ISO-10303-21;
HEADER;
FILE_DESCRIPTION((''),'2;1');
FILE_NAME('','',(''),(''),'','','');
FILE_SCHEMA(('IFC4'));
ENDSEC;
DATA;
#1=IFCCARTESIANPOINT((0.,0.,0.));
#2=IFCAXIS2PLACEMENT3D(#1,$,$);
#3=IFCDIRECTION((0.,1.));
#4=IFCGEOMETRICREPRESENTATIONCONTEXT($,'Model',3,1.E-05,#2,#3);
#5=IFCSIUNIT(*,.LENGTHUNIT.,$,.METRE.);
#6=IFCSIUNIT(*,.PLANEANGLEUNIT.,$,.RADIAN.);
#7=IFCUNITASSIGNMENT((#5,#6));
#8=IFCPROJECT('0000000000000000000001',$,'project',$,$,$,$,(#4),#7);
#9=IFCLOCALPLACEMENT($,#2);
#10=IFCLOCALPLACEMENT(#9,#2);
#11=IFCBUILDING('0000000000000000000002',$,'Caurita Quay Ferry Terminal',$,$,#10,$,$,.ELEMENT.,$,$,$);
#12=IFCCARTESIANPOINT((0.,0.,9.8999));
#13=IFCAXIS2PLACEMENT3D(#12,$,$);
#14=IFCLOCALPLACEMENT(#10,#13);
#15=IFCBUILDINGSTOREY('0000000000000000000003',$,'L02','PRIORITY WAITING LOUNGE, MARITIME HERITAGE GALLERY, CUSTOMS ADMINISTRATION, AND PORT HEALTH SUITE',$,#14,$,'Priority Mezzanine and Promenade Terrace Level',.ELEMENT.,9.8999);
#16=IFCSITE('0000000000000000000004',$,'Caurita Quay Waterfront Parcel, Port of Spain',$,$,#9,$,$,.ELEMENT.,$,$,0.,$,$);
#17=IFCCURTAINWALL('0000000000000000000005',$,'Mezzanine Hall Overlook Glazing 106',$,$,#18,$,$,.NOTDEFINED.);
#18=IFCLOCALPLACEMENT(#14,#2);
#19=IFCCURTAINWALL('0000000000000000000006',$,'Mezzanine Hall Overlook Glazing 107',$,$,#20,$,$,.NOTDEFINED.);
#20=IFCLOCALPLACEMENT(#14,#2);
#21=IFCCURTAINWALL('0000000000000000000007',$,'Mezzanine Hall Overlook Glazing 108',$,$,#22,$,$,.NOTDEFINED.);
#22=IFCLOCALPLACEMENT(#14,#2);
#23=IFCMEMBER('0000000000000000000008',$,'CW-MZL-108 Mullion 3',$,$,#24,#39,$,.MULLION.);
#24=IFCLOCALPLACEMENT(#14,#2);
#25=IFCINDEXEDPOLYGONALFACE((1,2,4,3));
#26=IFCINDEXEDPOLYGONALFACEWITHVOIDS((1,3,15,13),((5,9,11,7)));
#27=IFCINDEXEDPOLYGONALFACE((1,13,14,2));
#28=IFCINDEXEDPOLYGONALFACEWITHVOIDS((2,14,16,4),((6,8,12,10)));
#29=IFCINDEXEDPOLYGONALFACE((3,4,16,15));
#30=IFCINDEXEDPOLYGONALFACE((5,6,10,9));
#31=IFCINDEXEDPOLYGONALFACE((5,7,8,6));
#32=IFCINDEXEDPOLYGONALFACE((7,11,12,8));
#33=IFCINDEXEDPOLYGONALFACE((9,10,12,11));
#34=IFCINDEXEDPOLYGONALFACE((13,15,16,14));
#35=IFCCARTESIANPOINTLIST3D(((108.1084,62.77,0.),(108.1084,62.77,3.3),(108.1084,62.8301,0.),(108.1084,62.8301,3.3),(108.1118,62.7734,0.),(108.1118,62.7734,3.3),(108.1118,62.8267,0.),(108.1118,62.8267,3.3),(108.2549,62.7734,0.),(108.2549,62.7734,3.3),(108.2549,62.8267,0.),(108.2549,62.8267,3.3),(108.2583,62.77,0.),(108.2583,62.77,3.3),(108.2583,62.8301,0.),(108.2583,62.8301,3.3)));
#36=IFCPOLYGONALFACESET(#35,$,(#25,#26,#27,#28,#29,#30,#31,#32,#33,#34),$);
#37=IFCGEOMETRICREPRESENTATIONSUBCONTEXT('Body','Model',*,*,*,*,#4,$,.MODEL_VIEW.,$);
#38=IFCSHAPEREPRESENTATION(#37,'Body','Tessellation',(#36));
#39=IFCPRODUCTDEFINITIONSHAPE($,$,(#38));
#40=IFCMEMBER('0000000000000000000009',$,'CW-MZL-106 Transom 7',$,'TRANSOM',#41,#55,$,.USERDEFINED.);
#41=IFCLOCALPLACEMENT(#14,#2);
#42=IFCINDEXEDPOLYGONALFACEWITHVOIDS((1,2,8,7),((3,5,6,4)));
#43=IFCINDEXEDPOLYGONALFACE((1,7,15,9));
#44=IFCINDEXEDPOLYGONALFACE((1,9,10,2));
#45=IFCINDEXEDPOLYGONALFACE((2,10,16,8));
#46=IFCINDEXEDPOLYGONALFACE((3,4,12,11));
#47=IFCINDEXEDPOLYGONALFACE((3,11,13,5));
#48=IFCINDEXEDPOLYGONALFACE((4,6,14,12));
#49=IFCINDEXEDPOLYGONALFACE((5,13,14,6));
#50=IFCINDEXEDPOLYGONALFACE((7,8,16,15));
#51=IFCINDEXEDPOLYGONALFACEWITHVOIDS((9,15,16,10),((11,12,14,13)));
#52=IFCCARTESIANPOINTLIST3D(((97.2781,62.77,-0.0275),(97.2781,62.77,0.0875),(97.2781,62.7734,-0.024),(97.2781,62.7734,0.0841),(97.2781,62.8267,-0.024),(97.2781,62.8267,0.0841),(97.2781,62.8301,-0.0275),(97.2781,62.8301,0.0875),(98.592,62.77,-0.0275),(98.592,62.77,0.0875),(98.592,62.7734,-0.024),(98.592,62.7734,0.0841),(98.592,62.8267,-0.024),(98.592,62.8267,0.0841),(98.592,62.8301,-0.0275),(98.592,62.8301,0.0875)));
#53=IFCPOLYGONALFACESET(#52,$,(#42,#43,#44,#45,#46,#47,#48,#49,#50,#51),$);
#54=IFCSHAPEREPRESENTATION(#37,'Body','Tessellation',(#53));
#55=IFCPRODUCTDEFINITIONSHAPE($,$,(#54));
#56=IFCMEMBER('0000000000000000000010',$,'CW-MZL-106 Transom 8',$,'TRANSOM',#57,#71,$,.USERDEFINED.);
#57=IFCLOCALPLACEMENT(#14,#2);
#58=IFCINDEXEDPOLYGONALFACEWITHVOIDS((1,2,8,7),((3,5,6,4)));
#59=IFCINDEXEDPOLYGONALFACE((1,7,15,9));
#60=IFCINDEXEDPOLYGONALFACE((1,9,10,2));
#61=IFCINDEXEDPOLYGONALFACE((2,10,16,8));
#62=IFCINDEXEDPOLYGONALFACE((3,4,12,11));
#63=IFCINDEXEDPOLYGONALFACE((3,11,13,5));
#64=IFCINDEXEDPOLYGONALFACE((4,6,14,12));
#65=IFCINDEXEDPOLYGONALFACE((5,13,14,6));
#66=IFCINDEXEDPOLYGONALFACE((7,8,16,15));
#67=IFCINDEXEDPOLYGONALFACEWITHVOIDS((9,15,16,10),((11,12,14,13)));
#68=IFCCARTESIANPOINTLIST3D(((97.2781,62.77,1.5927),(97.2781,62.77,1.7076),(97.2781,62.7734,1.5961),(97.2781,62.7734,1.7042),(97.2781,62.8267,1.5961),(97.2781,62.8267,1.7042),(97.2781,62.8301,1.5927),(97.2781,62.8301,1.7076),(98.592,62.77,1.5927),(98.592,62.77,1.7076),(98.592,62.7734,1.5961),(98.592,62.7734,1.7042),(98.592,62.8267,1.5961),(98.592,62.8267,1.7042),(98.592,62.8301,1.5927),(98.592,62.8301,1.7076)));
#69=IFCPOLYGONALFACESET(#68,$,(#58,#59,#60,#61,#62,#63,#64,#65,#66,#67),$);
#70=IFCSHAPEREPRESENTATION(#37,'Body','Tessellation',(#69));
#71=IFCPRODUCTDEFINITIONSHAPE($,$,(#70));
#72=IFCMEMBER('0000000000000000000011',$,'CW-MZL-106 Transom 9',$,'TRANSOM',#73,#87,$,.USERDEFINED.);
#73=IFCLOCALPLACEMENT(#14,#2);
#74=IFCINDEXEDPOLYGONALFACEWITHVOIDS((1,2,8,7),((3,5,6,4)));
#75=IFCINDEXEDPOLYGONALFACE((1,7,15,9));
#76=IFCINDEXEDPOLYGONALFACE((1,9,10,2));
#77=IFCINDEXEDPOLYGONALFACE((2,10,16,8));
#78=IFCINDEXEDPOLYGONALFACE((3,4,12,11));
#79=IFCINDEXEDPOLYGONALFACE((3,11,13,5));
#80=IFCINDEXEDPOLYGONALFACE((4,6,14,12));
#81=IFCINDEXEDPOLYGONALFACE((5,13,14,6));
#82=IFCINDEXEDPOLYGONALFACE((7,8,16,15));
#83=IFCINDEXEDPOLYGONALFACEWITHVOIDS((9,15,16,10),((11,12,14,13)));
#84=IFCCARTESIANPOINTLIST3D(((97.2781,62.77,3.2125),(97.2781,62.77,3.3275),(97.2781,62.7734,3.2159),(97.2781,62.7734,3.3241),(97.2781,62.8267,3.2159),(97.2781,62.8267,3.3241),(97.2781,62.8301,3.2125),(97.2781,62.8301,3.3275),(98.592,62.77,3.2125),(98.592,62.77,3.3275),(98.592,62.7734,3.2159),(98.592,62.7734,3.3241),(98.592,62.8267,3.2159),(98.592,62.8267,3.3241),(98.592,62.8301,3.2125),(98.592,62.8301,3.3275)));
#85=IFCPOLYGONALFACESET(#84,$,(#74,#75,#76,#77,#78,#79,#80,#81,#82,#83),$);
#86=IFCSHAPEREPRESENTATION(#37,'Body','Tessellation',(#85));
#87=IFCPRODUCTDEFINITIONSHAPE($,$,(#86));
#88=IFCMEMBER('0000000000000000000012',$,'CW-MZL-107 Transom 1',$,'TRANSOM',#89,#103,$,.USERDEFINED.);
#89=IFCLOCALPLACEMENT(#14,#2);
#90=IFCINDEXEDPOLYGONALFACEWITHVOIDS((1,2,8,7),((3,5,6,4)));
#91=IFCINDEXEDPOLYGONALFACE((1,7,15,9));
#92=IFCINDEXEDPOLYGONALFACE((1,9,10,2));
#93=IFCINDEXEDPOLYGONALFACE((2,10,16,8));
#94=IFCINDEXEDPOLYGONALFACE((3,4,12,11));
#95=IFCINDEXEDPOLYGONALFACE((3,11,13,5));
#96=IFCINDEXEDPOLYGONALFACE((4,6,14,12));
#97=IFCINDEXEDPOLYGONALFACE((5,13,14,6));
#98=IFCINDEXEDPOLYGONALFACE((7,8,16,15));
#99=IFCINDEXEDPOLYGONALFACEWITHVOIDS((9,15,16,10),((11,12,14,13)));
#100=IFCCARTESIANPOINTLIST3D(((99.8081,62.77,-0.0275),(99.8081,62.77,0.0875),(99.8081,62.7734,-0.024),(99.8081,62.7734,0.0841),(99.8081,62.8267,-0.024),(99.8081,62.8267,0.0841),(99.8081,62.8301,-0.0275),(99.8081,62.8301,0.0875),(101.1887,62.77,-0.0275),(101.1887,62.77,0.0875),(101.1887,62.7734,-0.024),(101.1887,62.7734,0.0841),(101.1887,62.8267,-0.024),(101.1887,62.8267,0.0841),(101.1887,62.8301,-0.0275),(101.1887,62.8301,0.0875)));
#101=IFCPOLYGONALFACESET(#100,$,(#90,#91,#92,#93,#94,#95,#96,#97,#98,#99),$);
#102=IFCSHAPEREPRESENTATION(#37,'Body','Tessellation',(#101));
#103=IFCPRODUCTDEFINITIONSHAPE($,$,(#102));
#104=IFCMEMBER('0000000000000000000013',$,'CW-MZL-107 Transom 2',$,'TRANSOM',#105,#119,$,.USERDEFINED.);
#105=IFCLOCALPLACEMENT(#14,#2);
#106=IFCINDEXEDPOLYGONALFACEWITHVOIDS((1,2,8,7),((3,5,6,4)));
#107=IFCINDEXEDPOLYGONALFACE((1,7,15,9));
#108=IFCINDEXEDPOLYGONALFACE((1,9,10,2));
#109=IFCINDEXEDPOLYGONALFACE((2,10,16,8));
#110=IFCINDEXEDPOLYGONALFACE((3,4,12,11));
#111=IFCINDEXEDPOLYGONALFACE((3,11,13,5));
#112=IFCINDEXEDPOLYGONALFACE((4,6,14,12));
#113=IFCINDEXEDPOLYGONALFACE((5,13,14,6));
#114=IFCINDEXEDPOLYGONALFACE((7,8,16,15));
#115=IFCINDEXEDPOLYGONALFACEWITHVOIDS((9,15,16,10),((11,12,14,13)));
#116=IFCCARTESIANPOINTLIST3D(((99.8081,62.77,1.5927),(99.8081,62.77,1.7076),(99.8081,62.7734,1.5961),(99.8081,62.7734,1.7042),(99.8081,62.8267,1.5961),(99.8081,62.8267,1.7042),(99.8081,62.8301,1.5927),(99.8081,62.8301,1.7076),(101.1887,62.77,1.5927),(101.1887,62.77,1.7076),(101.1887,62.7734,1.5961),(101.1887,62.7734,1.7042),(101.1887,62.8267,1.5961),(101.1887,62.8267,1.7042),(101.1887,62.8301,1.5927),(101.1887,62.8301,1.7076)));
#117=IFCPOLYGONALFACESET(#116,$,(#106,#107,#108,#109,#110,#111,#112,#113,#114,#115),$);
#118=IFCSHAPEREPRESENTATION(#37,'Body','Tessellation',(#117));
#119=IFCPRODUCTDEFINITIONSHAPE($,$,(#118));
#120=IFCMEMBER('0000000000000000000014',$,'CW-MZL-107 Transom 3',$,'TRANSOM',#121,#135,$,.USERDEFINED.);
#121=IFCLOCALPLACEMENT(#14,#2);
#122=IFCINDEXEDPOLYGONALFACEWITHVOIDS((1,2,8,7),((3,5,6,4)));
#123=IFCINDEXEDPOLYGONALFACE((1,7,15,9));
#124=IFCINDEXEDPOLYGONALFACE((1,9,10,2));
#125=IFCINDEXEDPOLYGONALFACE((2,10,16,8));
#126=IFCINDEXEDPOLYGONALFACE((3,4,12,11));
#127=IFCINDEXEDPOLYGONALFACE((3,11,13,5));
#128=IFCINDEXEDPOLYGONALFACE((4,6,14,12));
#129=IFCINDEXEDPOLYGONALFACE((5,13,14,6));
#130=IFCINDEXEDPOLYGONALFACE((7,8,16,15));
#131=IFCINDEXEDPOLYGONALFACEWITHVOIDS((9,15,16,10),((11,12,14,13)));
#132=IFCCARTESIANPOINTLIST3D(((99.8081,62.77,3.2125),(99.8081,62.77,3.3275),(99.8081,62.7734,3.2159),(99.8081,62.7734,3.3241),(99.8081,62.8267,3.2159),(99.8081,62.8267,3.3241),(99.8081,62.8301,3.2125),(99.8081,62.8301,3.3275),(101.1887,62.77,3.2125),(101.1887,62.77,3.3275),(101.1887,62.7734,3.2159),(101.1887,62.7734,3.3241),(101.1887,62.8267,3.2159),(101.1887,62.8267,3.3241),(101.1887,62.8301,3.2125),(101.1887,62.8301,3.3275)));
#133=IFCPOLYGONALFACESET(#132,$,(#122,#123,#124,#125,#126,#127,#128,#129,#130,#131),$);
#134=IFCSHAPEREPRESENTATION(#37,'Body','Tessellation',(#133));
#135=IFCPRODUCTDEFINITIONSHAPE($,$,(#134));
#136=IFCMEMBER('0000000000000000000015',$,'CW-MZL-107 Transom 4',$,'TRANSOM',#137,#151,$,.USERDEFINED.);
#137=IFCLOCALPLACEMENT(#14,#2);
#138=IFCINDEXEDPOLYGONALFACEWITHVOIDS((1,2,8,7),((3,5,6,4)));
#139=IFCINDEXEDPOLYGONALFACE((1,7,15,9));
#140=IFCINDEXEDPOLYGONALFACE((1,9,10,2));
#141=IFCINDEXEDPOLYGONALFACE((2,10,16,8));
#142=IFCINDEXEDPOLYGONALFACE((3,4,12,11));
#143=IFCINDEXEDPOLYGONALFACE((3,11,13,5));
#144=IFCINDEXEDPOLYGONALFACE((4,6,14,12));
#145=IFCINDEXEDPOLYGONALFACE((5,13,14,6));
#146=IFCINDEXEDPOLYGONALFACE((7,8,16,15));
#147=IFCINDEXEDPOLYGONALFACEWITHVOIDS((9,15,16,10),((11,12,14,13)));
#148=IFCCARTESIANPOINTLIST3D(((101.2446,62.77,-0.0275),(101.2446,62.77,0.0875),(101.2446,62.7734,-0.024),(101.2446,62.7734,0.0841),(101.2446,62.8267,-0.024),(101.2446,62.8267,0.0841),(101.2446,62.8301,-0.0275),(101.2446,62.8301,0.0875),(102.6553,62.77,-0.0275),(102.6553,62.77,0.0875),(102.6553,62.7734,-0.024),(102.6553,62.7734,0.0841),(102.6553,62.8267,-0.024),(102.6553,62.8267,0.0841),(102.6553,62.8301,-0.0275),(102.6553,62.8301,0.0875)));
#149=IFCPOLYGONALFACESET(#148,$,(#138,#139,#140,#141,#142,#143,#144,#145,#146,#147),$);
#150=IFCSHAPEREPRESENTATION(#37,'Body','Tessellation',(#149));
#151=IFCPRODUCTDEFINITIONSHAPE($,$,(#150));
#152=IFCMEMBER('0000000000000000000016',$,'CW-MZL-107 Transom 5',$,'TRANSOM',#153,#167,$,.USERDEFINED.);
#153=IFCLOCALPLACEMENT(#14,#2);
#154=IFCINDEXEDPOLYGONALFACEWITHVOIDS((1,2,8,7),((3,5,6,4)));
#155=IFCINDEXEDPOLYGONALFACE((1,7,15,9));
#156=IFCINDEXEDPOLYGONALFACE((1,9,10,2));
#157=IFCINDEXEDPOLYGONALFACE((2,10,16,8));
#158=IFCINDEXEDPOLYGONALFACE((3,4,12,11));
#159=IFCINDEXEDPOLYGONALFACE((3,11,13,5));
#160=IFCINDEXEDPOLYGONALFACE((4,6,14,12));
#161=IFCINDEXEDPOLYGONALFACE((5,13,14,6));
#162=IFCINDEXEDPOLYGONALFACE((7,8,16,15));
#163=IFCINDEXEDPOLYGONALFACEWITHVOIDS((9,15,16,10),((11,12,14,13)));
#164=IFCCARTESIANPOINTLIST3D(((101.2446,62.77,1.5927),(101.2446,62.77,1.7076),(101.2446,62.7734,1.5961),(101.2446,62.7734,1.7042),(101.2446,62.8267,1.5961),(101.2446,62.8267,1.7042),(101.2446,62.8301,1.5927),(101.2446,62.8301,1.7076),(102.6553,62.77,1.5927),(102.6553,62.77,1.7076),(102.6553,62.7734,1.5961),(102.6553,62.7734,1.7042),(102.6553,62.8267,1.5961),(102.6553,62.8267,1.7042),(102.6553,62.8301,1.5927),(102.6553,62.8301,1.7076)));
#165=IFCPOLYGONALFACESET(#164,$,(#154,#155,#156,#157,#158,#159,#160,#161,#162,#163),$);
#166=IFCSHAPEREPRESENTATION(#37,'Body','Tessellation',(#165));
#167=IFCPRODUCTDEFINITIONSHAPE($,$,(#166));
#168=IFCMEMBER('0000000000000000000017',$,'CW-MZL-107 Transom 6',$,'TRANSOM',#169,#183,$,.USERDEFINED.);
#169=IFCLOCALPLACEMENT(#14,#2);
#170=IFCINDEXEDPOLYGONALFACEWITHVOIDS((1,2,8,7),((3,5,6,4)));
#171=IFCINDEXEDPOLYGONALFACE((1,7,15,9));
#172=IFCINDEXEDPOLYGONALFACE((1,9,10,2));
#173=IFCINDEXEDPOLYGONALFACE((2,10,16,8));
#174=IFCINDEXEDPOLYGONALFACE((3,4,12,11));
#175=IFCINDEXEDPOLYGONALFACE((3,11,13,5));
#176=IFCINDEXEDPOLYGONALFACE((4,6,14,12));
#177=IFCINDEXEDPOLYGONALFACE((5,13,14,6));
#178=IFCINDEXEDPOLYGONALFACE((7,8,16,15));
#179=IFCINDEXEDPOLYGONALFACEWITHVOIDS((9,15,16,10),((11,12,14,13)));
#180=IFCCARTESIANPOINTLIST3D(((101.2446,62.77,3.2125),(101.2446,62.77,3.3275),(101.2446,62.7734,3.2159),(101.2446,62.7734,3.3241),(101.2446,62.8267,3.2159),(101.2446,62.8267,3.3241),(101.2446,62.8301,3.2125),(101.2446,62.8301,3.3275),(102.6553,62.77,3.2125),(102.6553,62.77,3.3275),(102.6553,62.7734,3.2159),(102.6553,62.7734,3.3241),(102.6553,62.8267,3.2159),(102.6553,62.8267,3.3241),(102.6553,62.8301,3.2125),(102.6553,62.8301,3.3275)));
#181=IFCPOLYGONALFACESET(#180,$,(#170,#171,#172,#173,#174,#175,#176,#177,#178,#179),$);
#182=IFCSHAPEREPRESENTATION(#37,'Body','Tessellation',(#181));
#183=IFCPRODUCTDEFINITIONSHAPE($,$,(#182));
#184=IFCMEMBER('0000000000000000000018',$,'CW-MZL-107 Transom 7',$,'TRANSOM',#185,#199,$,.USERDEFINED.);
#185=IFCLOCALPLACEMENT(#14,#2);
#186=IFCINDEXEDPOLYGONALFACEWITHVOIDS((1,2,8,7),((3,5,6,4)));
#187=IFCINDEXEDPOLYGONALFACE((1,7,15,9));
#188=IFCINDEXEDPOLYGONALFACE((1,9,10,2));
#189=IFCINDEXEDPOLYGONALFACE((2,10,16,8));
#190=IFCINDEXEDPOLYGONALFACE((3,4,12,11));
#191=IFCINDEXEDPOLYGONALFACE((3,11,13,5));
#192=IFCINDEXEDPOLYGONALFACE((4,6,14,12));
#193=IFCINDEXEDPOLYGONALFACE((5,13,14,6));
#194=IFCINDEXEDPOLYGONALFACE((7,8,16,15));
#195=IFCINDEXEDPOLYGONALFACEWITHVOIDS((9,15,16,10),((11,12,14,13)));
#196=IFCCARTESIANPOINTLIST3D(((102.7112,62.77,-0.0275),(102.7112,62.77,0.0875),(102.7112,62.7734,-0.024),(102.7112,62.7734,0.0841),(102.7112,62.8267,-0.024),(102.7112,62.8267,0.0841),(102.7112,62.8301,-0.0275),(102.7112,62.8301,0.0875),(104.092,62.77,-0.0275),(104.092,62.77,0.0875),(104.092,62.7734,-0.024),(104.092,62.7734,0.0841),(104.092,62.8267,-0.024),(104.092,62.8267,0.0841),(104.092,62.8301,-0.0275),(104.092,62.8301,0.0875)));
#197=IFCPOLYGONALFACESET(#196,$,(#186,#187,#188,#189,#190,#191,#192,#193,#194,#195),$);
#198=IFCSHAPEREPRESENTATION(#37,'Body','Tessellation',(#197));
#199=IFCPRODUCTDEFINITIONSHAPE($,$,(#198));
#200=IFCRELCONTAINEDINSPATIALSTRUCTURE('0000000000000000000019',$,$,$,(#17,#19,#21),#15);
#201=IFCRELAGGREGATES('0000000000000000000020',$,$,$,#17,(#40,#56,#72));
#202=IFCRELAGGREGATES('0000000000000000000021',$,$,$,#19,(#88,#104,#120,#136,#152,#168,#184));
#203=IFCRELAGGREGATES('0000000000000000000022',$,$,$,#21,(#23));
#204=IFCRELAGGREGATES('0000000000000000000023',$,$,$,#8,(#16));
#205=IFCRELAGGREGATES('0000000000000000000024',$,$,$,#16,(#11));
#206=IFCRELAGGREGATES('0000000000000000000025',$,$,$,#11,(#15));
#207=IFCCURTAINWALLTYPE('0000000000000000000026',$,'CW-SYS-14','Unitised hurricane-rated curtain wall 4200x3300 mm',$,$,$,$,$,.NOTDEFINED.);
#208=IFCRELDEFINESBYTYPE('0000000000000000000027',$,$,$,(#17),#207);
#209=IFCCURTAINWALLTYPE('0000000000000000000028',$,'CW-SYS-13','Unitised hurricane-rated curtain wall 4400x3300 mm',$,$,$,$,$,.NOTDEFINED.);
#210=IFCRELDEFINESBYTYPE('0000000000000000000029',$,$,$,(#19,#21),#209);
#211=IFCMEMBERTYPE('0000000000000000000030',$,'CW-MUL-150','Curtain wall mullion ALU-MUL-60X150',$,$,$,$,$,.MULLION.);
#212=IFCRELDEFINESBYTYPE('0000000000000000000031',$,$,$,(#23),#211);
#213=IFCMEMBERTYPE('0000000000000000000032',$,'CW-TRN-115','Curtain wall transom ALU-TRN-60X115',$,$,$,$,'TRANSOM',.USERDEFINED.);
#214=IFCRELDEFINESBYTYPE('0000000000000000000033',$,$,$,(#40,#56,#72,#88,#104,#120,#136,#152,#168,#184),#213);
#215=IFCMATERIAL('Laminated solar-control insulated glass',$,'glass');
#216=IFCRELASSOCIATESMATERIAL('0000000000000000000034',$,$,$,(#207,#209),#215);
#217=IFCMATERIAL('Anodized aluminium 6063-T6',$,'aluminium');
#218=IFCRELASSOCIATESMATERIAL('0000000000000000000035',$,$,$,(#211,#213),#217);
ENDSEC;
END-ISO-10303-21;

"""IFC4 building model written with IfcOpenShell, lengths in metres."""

from ifc_helpers import new_model, si_unit, direction, frame, origin, origin_2d, place, context, subcontext, project, spatial, hollow_rectangle, extrude, material, material_profile, profile_set, type_object, element, aggregate, save


model = new_model("IFC4")

# Units and contexts
model_context = context("Model", 3, precision=1e-05, world=origin(), true_north=direction((0.0, 1.0)))
body_context = subcontext(model_context, "Body", "Model", "MODEL_VIEW")
ifc_project = project(units=[si_unit("LENGTHUNIT", "METRE"), si_unit("PLANEANGLEUNIT", "RADIAN")], contexts=[model_context])

# Site, building, storey
site_placement = place(None, origin())
site = spatial("IfcSite", under=ifc_project, at=site_placement, Name="Caurita Quay Waterfront Parcel, Port of Spain", CompositionType="ELEMENT", RefElevation=0.0)
building_placement = place(site_placement, origin())
building = spatial("IfcBuilding", under=site, at=building_placement, Name="Caurita Quay Ferry Terminal", CompositionType="ELEMENT")
storey_placement = place(building_placement, frame((0.0, 0.0, 9.8999)))
storey = spatial("IfcBuildingStorey", under=building, at=storey_placement, Name="L02", Description="PRIORITY WAITING LOUNGE, MARITIME HERITAGE GALLERY, CUSTOMS ADMINISTRATION, AND PORT HEALTH SUITE", LongName="Priority Mezzanine and Promenade Terrace Level", CompositionType="ELEMENT", Elevation=9.8999)

# Curtain walls, member
ifc_material_1 = material(Name="Laminated solar-control insulated glass", Category="glass")
curtain_wall_type_1 = type_object("IfcCurtainWallType", Name="CW-SYS-14", Description="Unitised hurricane-rated curtain wall 4200x3300 mm", PredefinedType="NOTDEFINED", material=ifc_material_1)
curtain_wall_1_placement = place(storey_placement, origin())
curtain_wall_1 = element("IfcCurtainWall", 1, at=curtain_wall_1_placement, inside=storey, type_object=curtain_wall_type_1, Name="Mezzanine Hall Overlook Glazing 106", PredefinedType="NOTDEFINED")
ifc_material_2 = material(Name="Anodized aluminium 6063-T6", Category="aluminium")
ifc_material_profile_1 = material_profile(ifc_material_2, hollow_rectangle(XDim=0.0601, YDim=0.1499, WallThickness=0.0034, at=origin_2d()), Name="ALU-MUL-60X150")
ifc_profile_set_1 = profile_set([ifc_material_profile_1], Name="Anodized aluminium 6063-T6")
member_type_1 = type_object("IfcMemberType", Name="CW-MUL-150", Description="Curtain wall mullion ALU-MUL-60X150", PredefinedType="MULLION", material=ifc_profile_set_1)
curtain_wall_type_2 = type_object("IfcCurtainWallType", Name="CW-SYS-13", Description="Unitised hurricane-rated curtain wall 4400x3300 mm", PredefinedType="NOTDEFINED", material=ifc_material_1)
curtain_wall_2_placement = place(storey_placement, origin())
curtain_wall_2 = element("IfcCurtainWall", 2, at=curtain_wall_2_placement, inside=storey, type_object=curtain_wall_type_2, Name="Mezzanine Hall Overlook Glazing 107", PredefinedType="NOTDEFINED")
curtain_wall_3_placement = place(storey_placement, origin())
curtain_wall_3 = element("IfcCurtainWall", 3, at=curtain_wall_3_placement, inside=storey, type_object=curtain_wall_type_2, Name="Mezzanine Hall Overlook Glazing 108", PredefinedType="NOTDEFINED")
member_1_placement = place(storey_placement, frame((108.1833, 62.8, 0.0), z_axis=(0.0, 0.0, 1.0), x_axis=(0.0, 1.0, 0.0)))
member_1 = element("IfcMember", 4, at=member_1_placement, type_object=member_type_1, Name="CW-MZL-108 Mullion 3", PredefinedType="MULLION", context=body_context, shape_type="SweptSolid", body=[
    extrude(hollow_rectangle(XDim=0.0601, YDim=0.1499, WallThickness=0.0034, at=origin_2d()), origin(), (0.0, 0.0, 1.0), 3.3),
])

# Members
ifc_material_profile_2 = material_profile(ifc_material_2, hollow_rectangle(XDim=0.0601, YDim=0.115, WallThickness=0.0034, at=origin_2d()), Name="ALU-TRN-60X115")
ifc_profile_set_2 = profile_set([ifc_material_profile_2], Name="Anodized aluminium 6063-T6")
member_type_2 = type_object("IfcMemberType", Name="CW-TRN-115", Description="Curtain wall transom ALU-TRN-60X115", ElementType="TRANSOM", PredefinedType="USERDEFINED", material=ifc_profile_set_2)
member_2_placement = place(storey_placement, frame((97.2781, 62.8, 0.03), z_axis=(1.0, 0.0, 0.0), x_axis=(0.0, 1.0, 0.0)))
member_2 = element("IfcMember", 5, at=member_2_placement, type_object=member_type_2, Name="CW-MZL-106 Transom 7", ObjectType="TRANSOM", PredefinedType="USERDEFINED", context=body_context, shape_type="SweptSolid", body=[
    extrude(hollow_rectangle(XDim=0.0601, YDim=0.115, WallThickness=0.0034, at=origin_2d()), origin(), (0.0, 0.0, 1.0), 1.314),
])
member_3_placement = place(storey_placement, frame((97.2781, 62.8, 1.6501), z_axis=(1.0, 0.0, 0.0), x_axis=(0.0, 1.0, 0.0)))
member_3 = element("IfcMember", 6, at=member_3_placement, type_object=member_type_2, Name="CW-MZL-106 Transom 8", ObjectType="TRANSOM", PredefinedType="USERDEFINED", context=body_context, shape_type="SweptSolid", body=[
    extrude(hollow_rectangle(XDim=0.0601, YDim=0.115, WallThickness=0.0034, at=origin_2d()), origin(), (0.0, 0.0, 1.0), 1.314),
])
member_4_placement = place(storey_placement, frame((97.2781, 62.8, 3.27), z_axis=(1.0, 0.0, 0.0), x_axis=(0.0, 1.0, 0.0)))
member_4 = element("IfcMember", 7, at=member_4_placement, type_object=member_type_2, Name="CW-MZL-106 Transom 9", ObjectType="TRANSOM", PredefinedType="USERDEFINED", context=body_context, shape_type="SweptSolid", body=[
    extrude(hollow_rectangle(XDim=0.0601, YDim=0.115, WallThickness=0.0034, at=origin_2d()), origin(), (0.0, 0.0, 1.0), 1.314),
])
member_5_placement = place(storey_placement, frame((99.8081, 62.8, 0.03), z_axis=(1.0, 0.0, 0.0), x_axis=(0.0, 1.0, 0.0)))
member_5 = element("IfcMember", 8, at=member_5_placement, type_object=member_type_2, Name="CW-MZL-107 Transom 1", ObjectType="TRANSOM", PredefinedType="USERDEFINED", context=body_context, shape_type="SweptSolid", body=[
    extrude(hollow_rectangle(XDim=0.0601, YDim=0.115, WallThickness=0.0034, at=origin_2d()), origin(), (0.0, 0.0, 1.0), 1.3806),
])
member_6_placement = place(storey_placement, frame((99.8081, 62.8, 1.6501), z_axis=(1.0, 0.0, 0.0), x_axis=(0.0, 1.0, 0.0)))
member_6 = element("IfcMember", 9, at=member_6_placement, type_object=member_type_2, Name="CW-MZL-107 Transom 2", ObjectType="TRANSOM", PredefinedType="USERDEFINED", context=body_context, shape_type="SweptSolid", body=[
    extrude(hollow_rectangle(XDim=0.0601, YDim=0.115, WallThickness=0.0034, at=origin_2d()), origin(), (0.0, 0.0, 1.0), 1.3806),
])
member_7_placement = place(storey_placement, frame((99.8081, 62.8, 3.27), z_axis=(1.0, 0.0, 0.0), x_axis=(0.0, 1.0, 0.0)))
member_7 = element("IfcMember", 10, at=member_7_placement, type_object=member_type_2, Name="CW-MZL-107 Transom 3", ObjectType="TRANSOM", PredefinedType="USERDEFINED", context=body_context, shape_type="SweptSolid", body=[
    extrude(hollow_rectangle(XDim=0.0601, YDim=0.115, WallThickness=0.0034, at=origin_2d()), origin(), (0.0, 0.0, 1.0), 1.3806),
])
member_8_placement = place(storey_placement, frame((101.2446, 62.8, 0.03), z_axis=(1.0, 0.0, 0.0), x_axis=(0.0, 1.0, 0.0)))
member_8 = element("IfcMember", 11, at=member_8_placement, type_object=member_type_2, Name="CW-MZL-107 Transom 4", ObjectType="TRANSOM", PredefinedType="USERDEFINED", context=body_context, shape_type="SweptSolid", body=[
    extrude(hollow_rectangle(XDim=0.0601, YDim=0.115, WallThickness=0.0034, at=origin_2d()), origin(), (0.0, 0.0, 1.0), 1.4106),
])
member_9_placement = place(storey_placement, frame((101.2446, 62.8, 1.6501), z_axis=(1.0, 0.0, 0.0), x_axis=(0.0, 1.0, 0.0)))
member_9 = element("IfcMember", 12, at=member_9_placement, type_object=member_type_2, Name="CW-MZL-107 Transom 5", ObjectType="TRANSOM", PredefinedType="USERDEFINED", context=body_context, shape_type="SweptSolid", body=[
    extrude(hollow_rectangle(XDim=0.0601, YDim=0.115, WallThickness=0.0034, at=origin_2d()), origin(), (0.0, 0.0, 1.0), 1.4106),
])
member_10_placement = place(storey_placement, frame((101.2446, 62.8, 3.27), z_axis=(1.0, 0.0, 0.0), x_axis=(0.0, 1.0, 0.0)))
member_10 = element("IfcMember", 13, at=member_10_placement, type_object=member_type_2, Name="CW-MZL-107 Transom 6", ObjectType="TRANSOM", PredefinedType="USERDEFINED", context=body_context, shape_type="SweptSolid", body=[
    extrude(hollow_rectangle(XDim=0.0601, YDim=0.115, WallThickness=0.0034, at=origin_2d()), origin(), (0.0, 0.0, 1.0), 1.4106),
])
member_11_placement = place(storey_placement, frame((102.7112, 62.8, 0.03), z_axis=(1.0, 0.0, 0.0), x_axis=(0.0, 1.0, 0.0)))
member_11 = element("IfcMember", 14, at=member_11_placement, type_object=member_type_2, Name="CW-MZL-107 Transom 7", ObjectType="TRANSOM", PredefinedType="USERDEFINED", context=body_context, shape_type="SweptSolid", body=[
    extrude(hollow_rectangle(XDim=0.0601, YDim=0.115, WallThickness=0.0034, at=origin_2d()), origin(), (0.0, 0.0, 1.0), 1.3809),
])

aggregate(curtain_wall_1, [member_2, member_3, member_4])
aggregate(curtain_wall_2, [member_5, member_6, member_7, member_8, member_9, member_10, member_11])
aggregate(curtain_wall_3, [member_1])

save(model, "model.ifc")
